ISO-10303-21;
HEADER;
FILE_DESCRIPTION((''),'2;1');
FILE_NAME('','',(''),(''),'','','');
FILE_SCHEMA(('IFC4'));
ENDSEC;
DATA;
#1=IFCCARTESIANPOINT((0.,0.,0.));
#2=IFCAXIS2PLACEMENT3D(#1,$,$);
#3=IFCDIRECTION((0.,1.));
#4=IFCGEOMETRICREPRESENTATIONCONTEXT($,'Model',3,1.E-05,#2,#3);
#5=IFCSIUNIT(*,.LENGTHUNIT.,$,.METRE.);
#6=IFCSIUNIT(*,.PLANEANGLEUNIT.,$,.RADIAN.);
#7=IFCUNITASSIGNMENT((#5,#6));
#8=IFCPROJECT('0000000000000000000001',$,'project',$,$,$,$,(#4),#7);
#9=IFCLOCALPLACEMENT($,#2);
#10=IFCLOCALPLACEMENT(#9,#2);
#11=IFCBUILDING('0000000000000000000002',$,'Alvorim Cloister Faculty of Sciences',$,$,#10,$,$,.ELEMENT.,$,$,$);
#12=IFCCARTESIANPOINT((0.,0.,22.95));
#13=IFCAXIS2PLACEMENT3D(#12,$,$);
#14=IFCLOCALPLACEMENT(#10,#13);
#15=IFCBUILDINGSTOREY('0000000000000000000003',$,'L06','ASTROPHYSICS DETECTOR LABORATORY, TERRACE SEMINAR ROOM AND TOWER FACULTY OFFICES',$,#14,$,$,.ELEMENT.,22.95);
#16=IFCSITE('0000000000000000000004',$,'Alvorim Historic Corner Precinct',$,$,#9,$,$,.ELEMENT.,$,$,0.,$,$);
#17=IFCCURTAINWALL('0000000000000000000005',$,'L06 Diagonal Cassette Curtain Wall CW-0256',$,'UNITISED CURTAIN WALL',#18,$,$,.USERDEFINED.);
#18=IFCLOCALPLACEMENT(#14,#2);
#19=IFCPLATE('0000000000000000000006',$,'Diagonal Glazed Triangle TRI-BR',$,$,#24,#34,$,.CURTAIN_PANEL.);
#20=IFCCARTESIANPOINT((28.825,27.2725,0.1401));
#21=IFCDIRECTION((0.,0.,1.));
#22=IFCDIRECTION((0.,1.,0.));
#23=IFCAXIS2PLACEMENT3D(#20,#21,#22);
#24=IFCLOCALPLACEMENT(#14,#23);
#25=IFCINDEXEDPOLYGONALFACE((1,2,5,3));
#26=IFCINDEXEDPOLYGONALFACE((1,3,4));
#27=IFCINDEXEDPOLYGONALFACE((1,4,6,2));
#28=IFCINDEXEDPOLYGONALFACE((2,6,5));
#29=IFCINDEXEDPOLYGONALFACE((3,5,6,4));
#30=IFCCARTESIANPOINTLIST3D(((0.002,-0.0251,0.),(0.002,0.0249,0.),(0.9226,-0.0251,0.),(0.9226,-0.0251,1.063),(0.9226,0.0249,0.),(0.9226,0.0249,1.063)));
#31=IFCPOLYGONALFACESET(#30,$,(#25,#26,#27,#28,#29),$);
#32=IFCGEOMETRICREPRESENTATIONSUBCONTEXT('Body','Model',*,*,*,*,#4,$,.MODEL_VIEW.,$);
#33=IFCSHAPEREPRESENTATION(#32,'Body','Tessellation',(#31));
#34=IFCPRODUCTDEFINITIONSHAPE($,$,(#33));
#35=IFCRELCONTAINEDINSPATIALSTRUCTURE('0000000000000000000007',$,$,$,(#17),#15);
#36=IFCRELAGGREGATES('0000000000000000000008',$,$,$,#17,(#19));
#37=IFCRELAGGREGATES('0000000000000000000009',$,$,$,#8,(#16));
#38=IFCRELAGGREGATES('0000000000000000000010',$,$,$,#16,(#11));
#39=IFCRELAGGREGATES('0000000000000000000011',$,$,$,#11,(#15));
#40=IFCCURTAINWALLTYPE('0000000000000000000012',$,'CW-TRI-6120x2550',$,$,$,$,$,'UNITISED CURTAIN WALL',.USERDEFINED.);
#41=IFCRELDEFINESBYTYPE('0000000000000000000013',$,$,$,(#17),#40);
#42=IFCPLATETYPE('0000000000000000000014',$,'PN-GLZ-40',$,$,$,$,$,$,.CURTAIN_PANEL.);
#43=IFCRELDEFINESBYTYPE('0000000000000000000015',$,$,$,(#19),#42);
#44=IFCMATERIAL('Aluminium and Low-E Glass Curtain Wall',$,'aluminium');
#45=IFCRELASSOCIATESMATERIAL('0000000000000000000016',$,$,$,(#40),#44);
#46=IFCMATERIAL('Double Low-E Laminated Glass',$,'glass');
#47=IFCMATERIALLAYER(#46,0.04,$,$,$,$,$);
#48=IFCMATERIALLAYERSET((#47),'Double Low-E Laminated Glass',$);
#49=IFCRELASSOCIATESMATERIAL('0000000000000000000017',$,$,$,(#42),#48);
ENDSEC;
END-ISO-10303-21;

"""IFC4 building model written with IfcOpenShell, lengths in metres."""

from ifc_helpers import new_model, si_unit, direction, frame, origin, place, context, subcontext, project, spatial, polyline, outline, extrude, material, layer, layer_set, type_object, element, aggregate, save


model = new_model("IFC4")

# Units and contexts
model_context = context("Model", 3, precision=1e-05, world=origin(), true_north=direction((0.0, 1.0)))
body_context = subcontext(model_context, "Body", "Model", "MODEL_VIEW")
ifc_project = project(units=[si_unit("LENGTHUNIT", "METRE"), si_unit("PLANEANGLEUNIT", "RADIAN")], contexts=[model_context])

# Site, building, storey
site_placement = place(None, origin())
site = spatial("IfcSite", under=ifc_project, at=site_placement, Name="Alvorim Historic Corner Precinct", CompositionType="ELEMENT", RefElevation=0.0)
building_placement = place(site_placement, origin())
building = spatial("IfcBuilding", under=site, at=building_placement, Name="Alvorim Cloister Faculty of Sciences", CompositionType="ELEMENT")
storey_placement = place(building_placement, frame((0.0, 0.0, 22.95)))
storey = spatial("IfcBuildingStorey", under=building, at=storey_placement, Name="L06", Description="ASTROPHYSICS DETECTOR LABORATORY, TERRACE SEMINAR ROOM AND TOWER FACULTY OFFICES", CompositionType="ELEMENT", Elevation=22.95)

# Curtain wall
ifc_material_1 = material(Name="Aluminium and Low-E Glass Curtain Wall", Category="aluminium")
curtain_wall_type = type_object("IfcCurtainWallType", Name="CW-TRI-6120x2550", ElementType="UNITISED CURTAIN WALL", PredefinedType="USERDEFINED", material=ifc_material_1)
curtain_wall_1_placement = place(storey_placement, origin())
curtain_wall_1 = element("IfcCurtainWall", 1, at=curtain_wall_1_placement, inside=storey, type_object=curtain_wall_type, Name="L06 Diagonal Cassette Curtain Wall CW-0256", ObjectType="UNITISED CURTAIN WALL", PredefinedType="USERDEFINED")

# Plate
ifc_material_2 = material(Name="Double Low-E Laminated Glass", Category="glass")
ifc_layer_1 = layer(ifc_material_2, 0.04)
ifc_layer_set_1 = layer_set([ifc_layer_1], Name="Double Low-E Laminated Glass")
plate_type = type_object("IfcPlateType", Name="PN-GLZ-40", PredefinedType="CURTAIN_PANEL", material=ifc_layer_set_1)
plate_1_placement = place(storey_placement, frame((28.825, 27.2725, 0.1401), z_axis=(0.0, 0.0, 1.0), x_axis=(0.0, 1.0, 0.0)))
plate_1 = element("IfcPlate", 2, at=plate_1_placement, type_object=plate_type, Name="Diagonal Glazed Triangle TRI-BR", PredefinedType="CURTAIN_PANEL", context=body_context, shape_type="SweptSolid", body=[
    extrude(outline(polyline([(0.002, 0.0), (0.9226, 0.0), (0.9226, 1.063), (0.002, 0.0)])), frame((0.0, 0.0249, 0.0), z_axis=(0.0, -1.0, 0.0), x_axis=(1.0, 0.0, 0.0)), (0.0, 0.0, 1.0), 0.05),
])
aggregate(curtain_wall_1, [plate_1])

save(model, "model.ifc")
